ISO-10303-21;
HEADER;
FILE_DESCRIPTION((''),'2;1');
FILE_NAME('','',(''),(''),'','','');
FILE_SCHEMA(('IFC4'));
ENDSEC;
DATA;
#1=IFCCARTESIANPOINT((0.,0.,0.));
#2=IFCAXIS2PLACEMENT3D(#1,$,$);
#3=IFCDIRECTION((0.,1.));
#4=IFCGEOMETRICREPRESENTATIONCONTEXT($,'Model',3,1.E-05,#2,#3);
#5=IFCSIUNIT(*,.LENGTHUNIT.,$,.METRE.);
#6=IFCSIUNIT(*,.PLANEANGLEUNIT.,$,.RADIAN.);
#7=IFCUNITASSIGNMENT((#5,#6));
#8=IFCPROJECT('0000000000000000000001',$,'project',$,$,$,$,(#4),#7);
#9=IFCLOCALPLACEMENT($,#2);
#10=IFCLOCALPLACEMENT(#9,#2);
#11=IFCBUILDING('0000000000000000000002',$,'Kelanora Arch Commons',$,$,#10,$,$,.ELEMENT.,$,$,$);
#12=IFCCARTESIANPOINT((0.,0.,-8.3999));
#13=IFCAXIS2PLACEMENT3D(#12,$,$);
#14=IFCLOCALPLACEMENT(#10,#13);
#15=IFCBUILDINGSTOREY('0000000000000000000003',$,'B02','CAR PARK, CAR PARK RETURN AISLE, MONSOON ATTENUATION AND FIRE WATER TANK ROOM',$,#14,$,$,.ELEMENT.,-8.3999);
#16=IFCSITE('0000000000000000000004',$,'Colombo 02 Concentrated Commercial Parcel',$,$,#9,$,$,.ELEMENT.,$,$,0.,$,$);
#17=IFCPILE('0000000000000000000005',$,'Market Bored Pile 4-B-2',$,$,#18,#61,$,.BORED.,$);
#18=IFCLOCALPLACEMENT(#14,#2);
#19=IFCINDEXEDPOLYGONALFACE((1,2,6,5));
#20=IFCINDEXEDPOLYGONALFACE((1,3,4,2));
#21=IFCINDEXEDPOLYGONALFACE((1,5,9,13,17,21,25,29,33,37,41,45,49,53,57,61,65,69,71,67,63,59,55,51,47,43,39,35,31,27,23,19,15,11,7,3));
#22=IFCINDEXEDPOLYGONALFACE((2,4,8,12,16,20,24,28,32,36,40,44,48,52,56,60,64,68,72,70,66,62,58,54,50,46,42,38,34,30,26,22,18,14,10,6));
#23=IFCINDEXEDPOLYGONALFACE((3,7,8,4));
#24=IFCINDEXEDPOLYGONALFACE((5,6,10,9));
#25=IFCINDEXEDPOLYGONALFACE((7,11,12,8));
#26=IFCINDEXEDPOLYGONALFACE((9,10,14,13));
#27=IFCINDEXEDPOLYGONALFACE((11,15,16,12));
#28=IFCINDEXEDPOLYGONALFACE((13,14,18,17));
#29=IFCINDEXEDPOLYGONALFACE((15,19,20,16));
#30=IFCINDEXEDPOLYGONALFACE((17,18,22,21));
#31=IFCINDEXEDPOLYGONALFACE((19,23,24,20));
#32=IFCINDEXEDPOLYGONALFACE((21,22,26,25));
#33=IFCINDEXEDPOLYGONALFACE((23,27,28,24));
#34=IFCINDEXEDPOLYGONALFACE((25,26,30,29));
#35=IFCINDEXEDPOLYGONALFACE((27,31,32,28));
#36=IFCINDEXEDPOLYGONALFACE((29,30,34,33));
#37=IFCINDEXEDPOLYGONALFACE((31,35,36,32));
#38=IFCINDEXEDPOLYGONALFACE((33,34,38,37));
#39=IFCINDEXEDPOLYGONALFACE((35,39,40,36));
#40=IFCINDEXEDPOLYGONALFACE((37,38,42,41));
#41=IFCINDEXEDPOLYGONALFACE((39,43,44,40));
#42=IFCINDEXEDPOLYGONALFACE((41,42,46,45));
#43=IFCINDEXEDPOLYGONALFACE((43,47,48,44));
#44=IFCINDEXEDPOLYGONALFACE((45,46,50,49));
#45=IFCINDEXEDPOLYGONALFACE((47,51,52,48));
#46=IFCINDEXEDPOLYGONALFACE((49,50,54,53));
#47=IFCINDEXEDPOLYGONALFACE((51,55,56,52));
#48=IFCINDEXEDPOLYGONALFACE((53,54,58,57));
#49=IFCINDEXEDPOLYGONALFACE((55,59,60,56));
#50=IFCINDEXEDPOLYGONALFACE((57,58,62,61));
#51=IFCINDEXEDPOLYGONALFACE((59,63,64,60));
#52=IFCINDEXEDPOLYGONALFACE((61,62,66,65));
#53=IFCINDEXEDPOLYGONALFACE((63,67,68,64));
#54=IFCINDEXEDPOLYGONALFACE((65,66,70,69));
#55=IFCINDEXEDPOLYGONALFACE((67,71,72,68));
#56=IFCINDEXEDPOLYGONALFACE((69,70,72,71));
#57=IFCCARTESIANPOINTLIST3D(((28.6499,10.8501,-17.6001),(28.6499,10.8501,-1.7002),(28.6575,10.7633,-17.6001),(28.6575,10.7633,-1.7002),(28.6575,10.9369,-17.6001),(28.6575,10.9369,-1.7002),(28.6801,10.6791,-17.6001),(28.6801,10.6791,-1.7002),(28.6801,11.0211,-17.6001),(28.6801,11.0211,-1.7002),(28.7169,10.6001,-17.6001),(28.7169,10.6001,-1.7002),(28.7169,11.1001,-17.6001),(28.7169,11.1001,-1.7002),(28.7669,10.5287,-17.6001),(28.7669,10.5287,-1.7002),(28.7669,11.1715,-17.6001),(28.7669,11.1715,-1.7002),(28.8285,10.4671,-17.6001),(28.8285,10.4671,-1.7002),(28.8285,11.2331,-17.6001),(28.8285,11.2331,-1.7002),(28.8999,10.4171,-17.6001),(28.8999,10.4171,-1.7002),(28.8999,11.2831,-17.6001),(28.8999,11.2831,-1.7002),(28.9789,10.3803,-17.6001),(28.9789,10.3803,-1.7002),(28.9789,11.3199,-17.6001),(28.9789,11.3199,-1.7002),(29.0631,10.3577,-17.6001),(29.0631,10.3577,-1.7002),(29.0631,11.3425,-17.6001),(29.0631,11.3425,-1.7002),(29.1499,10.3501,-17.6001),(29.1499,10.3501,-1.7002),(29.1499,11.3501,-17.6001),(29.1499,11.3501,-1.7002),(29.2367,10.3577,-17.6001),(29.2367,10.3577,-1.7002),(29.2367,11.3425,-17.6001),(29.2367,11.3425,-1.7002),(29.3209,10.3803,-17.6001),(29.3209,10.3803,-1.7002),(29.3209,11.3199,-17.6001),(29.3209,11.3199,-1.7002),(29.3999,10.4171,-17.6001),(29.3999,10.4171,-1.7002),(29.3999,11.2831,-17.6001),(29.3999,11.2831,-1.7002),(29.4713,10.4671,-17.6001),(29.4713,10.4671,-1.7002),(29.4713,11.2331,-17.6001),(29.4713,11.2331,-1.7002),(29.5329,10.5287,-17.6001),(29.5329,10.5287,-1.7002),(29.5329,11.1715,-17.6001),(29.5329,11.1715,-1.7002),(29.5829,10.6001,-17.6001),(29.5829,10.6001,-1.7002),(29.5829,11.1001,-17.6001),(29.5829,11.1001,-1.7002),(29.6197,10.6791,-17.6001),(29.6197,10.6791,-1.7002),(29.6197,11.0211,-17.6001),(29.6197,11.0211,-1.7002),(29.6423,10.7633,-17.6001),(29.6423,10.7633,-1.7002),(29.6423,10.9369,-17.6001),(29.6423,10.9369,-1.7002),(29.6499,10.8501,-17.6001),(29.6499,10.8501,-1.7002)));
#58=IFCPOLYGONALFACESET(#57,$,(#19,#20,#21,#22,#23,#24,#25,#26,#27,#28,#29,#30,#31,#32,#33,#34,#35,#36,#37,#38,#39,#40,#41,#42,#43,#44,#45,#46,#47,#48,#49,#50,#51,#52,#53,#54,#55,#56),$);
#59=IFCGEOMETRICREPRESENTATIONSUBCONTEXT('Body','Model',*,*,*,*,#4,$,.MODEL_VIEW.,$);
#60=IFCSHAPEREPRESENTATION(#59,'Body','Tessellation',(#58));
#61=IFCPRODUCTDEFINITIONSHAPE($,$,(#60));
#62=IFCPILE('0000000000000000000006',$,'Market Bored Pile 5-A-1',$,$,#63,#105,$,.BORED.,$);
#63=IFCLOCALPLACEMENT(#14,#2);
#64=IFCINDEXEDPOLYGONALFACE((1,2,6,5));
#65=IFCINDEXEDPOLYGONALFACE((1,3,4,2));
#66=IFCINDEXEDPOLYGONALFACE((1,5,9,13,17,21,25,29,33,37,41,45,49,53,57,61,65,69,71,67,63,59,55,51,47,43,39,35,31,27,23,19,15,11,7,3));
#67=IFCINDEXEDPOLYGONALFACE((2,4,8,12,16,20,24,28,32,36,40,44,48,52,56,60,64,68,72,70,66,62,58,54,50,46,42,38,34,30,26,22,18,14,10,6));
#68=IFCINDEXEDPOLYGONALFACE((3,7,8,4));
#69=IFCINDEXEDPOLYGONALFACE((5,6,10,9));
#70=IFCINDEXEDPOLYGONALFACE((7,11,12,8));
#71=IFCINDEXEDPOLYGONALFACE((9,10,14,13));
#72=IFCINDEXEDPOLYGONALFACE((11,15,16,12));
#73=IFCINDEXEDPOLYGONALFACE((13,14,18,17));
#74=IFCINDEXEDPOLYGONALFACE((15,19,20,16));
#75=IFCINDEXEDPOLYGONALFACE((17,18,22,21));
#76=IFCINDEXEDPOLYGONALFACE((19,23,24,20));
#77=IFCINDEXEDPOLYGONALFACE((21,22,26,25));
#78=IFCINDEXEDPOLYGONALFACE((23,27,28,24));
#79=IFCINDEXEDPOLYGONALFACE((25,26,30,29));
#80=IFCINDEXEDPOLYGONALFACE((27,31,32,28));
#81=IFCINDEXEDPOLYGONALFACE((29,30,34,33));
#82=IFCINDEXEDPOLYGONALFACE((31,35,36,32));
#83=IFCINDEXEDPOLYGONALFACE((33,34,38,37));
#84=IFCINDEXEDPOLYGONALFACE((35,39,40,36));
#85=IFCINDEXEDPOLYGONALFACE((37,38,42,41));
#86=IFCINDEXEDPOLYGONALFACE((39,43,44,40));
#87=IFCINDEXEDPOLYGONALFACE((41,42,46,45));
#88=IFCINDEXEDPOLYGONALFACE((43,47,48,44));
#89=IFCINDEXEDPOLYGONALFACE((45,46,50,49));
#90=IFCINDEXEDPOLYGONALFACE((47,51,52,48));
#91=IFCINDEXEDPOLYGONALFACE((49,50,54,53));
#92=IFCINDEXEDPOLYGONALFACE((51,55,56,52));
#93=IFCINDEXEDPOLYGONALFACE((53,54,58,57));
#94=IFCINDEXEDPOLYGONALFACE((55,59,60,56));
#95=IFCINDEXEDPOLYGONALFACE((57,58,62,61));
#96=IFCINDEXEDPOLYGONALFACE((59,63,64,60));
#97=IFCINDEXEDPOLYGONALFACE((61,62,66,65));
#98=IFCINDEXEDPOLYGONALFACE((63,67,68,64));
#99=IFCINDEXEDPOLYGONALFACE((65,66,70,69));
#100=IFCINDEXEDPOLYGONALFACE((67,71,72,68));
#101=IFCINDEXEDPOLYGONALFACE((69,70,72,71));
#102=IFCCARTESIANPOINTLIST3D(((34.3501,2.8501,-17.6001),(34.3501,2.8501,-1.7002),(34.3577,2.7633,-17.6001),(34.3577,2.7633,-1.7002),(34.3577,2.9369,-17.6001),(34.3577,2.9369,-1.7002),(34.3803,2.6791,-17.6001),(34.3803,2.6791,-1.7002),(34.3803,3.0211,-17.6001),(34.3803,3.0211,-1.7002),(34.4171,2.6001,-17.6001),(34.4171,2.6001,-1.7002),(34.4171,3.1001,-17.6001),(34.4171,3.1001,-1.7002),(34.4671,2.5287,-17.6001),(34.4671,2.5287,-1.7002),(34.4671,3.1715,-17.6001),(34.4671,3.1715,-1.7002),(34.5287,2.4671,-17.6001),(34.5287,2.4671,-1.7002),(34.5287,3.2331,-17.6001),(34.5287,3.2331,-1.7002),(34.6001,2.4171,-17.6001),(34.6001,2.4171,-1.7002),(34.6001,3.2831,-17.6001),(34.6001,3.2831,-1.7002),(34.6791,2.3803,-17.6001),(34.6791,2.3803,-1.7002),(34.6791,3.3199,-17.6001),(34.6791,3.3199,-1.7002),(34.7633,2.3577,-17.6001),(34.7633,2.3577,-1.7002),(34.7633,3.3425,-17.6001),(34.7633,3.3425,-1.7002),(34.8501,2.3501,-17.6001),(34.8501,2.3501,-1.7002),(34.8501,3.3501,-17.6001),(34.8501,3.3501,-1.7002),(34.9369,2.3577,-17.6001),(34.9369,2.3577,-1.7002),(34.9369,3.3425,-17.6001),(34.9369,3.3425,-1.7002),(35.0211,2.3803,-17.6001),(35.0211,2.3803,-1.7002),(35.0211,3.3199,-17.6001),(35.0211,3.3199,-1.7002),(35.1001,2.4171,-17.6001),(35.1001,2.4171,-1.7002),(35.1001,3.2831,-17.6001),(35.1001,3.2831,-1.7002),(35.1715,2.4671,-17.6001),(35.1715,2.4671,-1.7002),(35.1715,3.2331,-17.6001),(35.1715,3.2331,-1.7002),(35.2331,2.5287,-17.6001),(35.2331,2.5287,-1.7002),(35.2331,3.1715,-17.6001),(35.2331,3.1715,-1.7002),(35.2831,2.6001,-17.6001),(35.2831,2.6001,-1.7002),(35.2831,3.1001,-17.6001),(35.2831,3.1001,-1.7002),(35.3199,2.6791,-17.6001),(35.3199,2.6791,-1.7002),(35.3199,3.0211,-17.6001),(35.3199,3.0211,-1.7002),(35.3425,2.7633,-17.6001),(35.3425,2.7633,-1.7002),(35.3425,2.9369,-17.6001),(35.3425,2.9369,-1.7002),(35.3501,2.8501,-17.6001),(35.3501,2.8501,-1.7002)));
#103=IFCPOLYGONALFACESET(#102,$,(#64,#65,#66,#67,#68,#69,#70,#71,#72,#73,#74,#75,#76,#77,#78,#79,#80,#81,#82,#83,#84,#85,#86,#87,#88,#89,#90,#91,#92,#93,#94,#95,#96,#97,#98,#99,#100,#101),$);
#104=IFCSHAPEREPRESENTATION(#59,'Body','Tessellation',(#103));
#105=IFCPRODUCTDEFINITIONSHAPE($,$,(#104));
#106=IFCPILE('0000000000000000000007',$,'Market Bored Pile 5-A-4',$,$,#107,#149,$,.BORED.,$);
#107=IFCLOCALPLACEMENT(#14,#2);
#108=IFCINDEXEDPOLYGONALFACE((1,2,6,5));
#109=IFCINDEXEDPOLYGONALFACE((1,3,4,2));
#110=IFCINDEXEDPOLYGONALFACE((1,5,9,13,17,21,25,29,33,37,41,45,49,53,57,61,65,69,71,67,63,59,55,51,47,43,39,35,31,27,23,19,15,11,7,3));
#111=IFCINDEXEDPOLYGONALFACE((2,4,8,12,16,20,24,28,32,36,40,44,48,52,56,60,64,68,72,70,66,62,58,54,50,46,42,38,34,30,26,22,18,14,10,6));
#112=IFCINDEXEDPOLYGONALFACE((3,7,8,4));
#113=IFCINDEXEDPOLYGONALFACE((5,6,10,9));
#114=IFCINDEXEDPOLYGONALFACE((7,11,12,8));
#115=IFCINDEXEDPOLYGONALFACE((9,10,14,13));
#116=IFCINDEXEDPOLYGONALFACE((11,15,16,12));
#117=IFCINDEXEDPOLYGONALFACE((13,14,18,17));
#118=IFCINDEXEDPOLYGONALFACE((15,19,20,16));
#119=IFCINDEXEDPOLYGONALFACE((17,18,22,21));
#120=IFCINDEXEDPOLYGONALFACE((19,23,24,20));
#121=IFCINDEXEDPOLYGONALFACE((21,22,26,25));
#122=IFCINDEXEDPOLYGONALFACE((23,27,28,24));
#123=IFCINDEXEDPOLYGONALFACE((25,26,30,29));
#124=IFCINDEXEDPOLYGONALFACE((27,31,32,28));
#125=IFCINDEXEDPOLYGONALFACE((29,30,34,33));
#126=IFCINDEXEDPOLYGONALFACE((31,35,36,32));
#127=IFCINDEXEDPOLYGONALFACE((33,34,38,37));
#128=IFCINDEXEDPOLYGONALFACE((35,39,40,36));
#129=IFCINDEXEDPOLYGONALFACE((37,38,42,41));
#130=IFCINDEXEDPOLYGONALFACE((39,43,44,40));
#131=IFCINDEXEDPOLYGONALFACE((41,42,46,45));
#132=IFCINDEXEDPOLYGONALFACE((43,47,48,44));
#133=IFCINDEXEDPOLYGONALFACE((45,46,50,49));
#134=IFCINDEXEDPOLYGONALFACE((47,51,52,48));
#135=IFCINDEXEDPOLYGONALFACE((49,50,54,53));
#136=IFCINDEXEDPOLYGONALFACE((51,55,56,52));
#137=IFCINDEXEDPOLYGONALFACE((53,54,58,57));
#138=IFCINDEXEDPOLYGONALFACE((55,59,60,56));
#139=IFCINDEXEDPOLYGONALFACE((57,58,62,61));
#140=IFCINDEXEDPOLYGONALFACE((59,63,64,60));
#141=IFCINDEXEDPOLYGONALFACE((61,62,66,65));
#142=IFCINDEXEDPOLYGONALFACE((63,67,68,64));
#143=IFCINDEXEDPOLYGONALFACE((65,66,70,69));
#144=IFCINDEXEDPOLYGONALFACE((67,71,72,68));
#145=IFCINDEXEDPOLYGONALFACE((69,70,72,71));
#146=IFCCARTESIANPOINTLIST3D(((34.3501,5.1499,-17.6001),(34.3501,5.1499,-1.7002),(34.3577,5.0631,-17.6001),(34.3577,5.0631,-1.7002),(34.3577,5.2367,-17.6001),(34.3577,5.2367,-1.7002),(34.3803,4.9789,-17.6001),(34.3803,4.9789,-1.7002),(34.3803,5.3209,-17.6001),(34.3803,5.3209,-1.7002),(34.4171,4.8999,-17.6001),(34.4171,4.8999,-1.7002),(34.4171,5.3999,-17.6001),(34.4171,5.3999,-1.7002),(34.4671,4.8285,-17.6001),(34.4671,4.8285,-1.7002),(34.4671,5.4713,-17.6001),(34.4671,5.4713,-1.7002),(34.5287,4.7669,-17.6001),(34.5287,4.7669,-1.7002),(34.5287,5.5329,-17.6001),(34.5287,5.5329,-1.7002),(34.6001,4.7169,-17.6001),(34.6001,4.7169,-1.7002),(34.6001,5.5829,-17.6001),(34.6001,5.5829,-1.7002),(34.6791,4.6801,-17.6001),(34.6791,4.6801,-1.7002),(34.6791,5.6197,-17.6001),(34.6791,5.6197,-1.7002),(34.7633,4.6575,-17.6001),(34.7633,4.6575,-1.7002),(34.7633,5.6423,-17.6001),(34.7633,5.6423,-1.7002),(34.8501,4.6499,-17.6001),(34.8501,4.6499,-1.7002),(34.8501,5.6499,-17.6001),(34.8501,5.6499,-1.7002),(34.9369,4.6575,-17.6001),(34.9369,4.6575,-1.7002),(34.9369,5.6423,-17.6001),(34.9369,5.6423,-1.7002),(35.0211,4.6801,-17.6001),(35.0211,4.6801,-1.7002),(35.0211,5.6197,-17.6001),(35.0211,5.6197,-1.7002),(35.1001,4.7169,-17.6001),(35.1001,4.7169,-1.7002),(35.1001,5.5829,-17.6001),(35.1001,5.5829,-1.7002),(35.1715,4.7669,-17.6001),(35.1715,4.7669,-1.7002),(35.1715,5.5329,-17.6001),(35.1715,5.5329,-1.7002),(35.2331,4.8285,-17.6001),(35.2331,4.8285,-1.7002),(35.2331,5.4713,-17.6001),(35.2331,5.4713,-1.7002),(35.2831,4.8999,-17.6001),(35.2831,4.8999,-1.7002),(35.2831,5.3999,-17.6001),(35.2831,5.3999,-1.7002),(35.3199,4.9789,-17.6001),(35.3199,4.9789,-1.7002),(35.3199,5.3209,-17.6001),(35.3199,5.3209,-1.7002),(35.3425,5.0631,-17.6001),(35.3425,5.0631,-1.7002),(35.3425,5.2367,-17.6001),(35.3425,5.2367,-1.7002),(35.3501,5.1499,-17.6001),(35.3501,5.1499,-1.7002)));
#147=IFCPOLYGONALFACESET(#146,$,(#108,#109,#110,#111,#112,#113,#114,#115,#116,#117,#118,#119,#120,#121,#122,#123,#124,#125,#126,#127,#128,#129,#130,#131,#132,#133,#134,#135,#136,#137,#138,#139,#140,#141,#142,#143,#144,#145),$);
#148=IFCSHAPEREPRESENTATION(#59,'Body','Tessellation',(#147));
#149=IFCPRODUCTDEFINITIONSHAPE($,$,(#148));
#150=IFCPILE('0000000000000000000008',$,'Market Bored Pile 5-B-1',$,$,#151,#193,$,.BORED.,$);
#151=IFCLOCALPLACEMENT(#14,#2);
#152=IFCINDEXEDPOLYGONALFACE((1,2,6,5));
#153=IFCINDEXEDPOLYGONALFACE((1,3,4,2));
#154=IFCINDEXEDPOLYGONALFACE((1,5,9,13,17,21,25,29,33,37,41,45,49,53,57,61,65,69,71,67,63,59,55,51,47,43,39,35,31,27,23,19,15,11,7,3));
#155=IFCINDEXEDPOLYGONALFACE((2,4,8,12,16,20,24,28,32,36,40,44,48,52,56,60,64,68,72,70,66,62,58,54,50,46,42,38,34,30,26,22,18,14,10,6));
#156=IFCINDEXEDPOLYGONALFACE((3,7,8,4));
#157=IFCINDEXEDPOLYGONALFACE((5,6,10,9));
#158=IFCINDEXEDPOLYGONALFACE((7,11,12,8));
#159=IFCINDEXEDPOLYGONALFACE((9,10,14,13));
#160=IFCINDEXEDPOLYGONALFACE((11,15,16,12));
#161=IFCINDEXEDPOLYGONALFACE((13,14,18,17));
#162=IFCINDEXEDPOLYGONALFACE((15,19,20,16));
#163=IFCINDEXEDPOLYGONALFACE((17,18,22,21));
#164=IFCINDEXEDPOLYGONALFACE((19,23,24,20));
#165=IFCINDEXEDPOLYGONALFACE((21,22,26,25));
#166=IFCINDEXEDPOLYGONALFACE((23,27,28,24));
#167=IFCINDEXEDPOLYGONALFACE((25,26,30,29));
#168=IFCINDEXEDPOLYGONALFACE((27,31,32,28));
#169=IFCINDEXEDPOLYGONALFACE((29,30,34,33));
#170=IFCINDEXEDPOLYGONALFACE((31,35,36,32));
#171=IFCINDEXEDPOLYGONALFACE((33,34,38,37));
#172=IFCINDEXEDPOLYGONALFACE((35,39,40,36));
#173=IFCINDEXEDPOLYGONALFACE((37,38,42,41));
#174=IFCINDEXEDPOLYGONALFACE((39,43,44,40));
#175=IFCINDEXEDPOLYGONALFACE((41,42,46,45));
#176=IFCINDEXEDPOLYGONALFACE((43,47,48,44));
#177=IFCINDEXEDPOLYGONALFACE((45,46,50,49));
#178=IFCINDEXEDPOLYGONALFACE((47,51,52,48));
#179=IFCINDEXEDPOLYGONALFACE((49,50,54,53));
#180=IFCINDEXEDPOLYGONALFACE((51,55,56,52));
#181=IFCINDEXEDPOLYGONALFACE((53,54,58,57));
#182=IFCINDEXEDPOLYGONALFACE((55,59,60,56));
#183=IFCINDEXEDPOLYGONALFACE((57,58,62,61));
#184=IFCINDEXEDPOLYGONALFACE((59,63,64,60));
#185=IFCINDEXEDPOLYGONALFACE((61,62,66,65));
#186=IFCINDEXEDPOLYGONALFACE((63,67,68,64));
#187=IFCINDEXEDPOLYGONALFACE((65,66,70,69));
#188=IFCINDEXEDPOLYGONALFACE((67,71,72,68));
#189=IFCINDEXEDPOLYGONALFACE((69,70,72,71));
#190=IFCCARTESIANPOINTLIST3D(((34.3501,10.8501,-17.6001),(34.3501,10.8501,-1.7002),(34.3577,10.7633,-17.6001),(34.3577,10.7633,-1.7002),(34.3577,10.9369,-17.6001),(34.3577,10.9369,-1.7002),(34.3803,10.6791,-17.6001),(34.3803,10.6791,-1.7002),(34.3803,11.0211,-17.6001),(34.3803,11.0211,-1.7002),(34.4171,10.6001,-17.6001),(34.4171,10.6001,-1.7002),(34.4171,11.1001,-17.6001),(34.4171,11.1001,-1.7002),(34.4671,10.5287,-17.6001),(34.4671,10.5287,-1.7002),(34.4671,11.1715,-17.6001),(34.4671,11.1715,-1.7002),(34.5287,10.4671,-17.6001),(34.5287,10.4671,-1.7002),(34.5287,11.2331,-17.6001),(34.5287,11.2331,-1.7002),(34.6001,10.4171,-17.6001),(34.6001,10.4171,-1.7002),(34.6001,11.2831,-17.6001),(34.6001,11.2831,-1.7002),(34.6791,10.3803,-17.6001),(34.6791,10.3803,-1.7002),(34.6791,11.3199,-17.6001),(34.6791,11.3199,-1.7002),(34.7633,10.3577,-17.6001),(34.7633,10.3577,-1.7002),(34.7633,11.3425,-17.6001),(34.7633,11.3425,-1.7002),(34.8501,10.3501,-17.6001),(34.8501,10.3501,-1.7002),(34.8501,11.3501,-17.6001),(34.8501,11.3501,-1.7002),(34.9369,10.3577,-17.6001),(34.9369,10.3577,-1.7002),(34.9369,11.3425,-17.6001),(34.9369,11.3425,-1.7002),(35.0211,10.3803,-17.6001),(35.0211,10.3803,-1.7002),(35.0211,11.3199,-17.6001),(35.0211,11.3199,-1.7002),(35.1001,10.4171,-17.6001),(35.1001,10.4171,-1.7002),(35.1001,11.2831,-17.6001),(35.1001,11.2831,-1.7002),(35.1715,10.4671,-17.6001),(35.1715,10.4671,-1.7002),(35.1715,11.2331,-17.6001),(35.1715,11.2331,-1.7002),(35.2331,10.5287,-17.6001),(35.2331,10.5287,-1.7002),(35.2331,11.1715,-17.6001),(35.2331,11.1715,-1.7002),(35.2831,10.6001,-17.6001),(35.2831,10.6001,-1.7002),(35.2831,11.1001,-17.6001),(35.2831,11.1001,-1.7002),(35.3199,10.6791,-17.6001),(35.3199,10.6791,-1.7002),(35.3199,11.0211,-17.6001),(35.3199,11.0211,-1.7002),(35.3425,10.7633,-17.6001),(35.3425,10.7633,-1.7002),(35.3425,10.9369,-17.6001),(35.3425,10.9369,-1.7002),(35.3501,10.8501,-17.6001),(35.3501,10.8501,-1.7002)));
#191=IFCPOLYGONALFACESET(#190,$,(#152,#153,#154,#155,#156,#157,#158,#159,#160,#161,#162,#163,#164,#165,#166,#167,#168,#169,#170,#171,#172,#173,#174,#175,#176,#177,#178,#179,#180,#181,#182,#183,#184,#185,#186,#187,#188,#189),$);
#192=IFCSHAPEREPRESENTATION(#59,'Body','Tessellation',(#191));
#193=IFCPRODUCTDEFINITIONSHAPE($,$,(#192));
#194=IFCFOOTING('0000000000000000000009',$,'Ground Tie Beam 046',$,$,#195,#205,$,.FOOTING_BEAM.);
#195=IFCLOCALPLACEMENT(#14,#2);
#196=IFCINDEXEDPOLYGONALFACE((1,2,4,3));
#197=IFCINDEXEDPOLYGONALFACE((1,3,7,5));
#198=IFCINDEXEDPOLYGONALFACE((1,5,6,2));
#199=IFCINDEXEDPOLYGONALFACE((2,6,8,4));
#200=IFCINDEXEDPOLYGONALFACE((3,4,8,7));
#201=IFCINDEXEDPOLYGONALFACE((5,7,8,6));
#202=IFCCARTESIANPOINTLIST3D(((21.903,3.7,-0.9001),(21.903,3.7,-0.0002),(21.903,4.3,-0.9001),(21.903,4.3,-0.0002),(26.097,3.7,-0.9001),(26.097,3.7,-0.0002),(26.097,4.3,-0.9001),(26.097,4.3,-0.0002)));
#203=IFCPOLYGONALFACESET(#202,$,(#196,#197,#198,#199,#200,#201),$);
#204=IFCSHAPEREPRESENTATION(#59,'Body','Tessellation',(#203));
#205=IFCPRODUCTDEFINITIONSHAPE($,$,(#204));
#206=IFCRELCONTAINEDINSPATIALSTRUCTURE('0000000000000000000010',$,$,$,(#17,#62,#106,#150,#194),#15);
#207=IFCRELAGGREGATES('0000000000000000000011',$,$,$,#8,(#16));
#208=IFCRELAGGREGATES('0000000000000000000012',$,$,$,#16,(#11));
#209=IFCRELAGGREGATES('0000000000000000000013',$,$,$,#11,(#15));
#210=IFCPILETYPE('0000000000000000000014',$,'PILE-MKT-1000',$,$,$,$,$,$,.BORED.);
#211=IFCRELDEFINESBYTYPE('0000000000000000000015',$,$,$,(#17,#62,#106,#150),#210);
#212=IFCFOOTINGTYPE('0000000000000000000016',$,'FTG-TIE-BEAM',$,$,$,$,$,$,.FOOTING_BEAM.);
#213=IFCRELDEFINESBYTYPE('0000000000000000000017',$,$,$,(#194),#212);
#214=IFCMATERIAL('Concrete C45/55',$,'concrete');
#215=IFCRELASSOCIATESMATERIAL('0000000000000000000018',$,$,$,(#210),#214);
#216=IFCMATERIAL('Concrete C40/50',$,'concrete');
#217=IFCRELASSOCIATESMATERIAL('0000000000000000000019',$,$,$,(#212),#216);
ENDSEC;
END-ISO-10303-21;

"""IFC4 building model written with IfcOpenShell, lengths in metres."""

from ifc_helpers import new_model, si_unit, direction, frame, origin, origin_2d, place, context, subcontext, project, spatial, rectangle, circle, extrude, source, transform, mapped, material, material_profile, profile_set, type_object, element, save


model = new_model("IFC4")

# Units and contexts
model_context = context("Model", 3, precision=1e-05, world=origin(), true_north=direction((0.0, 1.0)))
body_context = subcontext(model_context, "Body", "Model", "MODEL_VIEW")
ifc_project = project(units=[si_unit("LENGTHUNIT", "METRE"), si_unit("PLANEANGLEUNIT", "RADIAN")], contexts=[model_context])

# Site, building, storey
site_placement = place(None, origin())
site = spatial("IfcSite", under=ifc_project, at=site_placement, Name="Colombo 02 Concentrated Commercial Parcel", CompositionType="ELEMENT", RefElevation=0.0)
building_placement = place(site_placement, origin())
building = spatial("IfcBuilding", under=site, at=building_placement, Name="Kelanora Arch Commons", CompositionType="ELEMENT")
storey_placement = place(building_placement, frame((0.0, 0.0, -8.3999)))
storey = spatial("IfcBuildingStorey", under=building, at=storey_placement, Name="B02", Description="CAR PARK, CAR PARK RETURN AISLE, MONSOON ATTENUATION AND FIRE WATER TANK ROOM", CompositionType="ELEMENT", Elevation=-8.3999)

# Shared definitions
ifc_material_1 = material(Name="Concrete C40/50", Category="concrete")

# Piles
ifc_material_2 = material(Name="Concrete C45/55", Category="concrete")
ifc_material_profile_1 = material_profile(ifc_material_2, circle(Radius=0.5, at=origin_2d()), Name="PILE1000")
ifc_profile_set_1 = profile_set([ifc_material_profile_1], Name="Concrete C45/55")
pile_type = type_object("IfcPileType", Name="PILE-MKT-1000", PredefinedType="BORED", material=ifc_profile_set_1)
shared_shape_1 = source(origin(), body_context, "Body", "SweptSolid", [
    extrude(circle(Radius=0.5, at=origin_2d()), origin(), (0.0, 0.0, 1.0), 15.8999),
])
for number, where, z_axis, x_axis, name in (
    (1, (29.1499, 10.8501, -1.7002), (0.0, 0.0, -1.0), (1.0, 0.0, 0.0), "Market Bored Pile 4-B-2"),
    (2, (34.8501, 2.8501, -1.7002), (0.0, 0.0, -1.0), (1.0, 0.0, 0.0), "Market Bored Pile 5-A-1"),
    (3, (34.8501, 5.1499, -1.7002), (0.0, 0.0, -1.0), (1.0, 0.0, 0.0), "Market Bored Pile 5-A-4"),
    (4, (34.8501, 10.8501, -1.7002), (0.0, 0.0, -1.0), (1.0, 0.0, 0.0), "Market Bored Pile 5-B-1"),
):
    element("IfcPile", number, at=place(storey_placement, frame(where, z_axis=z_axis, x_axis=x_axis)), inside=storey, type_object=pile_type, Name=name, PredefinedType="BORED", context=body_context, shape_type="MappedRepresentation", body=[
        mapped(shared_shape_1, transform((0.0, 0.0, 0.0), scale=1.0)),
    ])

# Footing
footing_type_1 = type_object("IfcFootingType", Name="FTG-TIE-BEAM", PredefinedType="FOOTING_BEAM", material=ifc_material_1)
shared_shape_2 = source(origin(), body_context, "Body", "SweptSolid", [
    extrude(rectangle(XDim=4.1941, YDim=0.6001, at=origin_2d()), origin(), (0.0, 0.0, 1.0), 0.8999),
])
for number, where, z_axis, x_axis, name in (
    (5, (24.0, 4.0, -0.9001), (0.0, 0.0, 1.0), (1.0, 0.0, 0.0), "Ground Tie Beam 046"),
):
    element("IfcFooting", number, at=place(storey_placement, frame(where, z_axis=z_axis, x_axis=x_axis)), inside=storey, type_object=footing_type_1, Name=name, PredefinedType="FOOTING_BEAM", context=body_context, shape_type="MappedRepresentation", body=[
        mapped(shared_shape_2, transform((0.0, 0.0, 0.0), scale=1.0)),
    ])

save(model, "model.ifc")
